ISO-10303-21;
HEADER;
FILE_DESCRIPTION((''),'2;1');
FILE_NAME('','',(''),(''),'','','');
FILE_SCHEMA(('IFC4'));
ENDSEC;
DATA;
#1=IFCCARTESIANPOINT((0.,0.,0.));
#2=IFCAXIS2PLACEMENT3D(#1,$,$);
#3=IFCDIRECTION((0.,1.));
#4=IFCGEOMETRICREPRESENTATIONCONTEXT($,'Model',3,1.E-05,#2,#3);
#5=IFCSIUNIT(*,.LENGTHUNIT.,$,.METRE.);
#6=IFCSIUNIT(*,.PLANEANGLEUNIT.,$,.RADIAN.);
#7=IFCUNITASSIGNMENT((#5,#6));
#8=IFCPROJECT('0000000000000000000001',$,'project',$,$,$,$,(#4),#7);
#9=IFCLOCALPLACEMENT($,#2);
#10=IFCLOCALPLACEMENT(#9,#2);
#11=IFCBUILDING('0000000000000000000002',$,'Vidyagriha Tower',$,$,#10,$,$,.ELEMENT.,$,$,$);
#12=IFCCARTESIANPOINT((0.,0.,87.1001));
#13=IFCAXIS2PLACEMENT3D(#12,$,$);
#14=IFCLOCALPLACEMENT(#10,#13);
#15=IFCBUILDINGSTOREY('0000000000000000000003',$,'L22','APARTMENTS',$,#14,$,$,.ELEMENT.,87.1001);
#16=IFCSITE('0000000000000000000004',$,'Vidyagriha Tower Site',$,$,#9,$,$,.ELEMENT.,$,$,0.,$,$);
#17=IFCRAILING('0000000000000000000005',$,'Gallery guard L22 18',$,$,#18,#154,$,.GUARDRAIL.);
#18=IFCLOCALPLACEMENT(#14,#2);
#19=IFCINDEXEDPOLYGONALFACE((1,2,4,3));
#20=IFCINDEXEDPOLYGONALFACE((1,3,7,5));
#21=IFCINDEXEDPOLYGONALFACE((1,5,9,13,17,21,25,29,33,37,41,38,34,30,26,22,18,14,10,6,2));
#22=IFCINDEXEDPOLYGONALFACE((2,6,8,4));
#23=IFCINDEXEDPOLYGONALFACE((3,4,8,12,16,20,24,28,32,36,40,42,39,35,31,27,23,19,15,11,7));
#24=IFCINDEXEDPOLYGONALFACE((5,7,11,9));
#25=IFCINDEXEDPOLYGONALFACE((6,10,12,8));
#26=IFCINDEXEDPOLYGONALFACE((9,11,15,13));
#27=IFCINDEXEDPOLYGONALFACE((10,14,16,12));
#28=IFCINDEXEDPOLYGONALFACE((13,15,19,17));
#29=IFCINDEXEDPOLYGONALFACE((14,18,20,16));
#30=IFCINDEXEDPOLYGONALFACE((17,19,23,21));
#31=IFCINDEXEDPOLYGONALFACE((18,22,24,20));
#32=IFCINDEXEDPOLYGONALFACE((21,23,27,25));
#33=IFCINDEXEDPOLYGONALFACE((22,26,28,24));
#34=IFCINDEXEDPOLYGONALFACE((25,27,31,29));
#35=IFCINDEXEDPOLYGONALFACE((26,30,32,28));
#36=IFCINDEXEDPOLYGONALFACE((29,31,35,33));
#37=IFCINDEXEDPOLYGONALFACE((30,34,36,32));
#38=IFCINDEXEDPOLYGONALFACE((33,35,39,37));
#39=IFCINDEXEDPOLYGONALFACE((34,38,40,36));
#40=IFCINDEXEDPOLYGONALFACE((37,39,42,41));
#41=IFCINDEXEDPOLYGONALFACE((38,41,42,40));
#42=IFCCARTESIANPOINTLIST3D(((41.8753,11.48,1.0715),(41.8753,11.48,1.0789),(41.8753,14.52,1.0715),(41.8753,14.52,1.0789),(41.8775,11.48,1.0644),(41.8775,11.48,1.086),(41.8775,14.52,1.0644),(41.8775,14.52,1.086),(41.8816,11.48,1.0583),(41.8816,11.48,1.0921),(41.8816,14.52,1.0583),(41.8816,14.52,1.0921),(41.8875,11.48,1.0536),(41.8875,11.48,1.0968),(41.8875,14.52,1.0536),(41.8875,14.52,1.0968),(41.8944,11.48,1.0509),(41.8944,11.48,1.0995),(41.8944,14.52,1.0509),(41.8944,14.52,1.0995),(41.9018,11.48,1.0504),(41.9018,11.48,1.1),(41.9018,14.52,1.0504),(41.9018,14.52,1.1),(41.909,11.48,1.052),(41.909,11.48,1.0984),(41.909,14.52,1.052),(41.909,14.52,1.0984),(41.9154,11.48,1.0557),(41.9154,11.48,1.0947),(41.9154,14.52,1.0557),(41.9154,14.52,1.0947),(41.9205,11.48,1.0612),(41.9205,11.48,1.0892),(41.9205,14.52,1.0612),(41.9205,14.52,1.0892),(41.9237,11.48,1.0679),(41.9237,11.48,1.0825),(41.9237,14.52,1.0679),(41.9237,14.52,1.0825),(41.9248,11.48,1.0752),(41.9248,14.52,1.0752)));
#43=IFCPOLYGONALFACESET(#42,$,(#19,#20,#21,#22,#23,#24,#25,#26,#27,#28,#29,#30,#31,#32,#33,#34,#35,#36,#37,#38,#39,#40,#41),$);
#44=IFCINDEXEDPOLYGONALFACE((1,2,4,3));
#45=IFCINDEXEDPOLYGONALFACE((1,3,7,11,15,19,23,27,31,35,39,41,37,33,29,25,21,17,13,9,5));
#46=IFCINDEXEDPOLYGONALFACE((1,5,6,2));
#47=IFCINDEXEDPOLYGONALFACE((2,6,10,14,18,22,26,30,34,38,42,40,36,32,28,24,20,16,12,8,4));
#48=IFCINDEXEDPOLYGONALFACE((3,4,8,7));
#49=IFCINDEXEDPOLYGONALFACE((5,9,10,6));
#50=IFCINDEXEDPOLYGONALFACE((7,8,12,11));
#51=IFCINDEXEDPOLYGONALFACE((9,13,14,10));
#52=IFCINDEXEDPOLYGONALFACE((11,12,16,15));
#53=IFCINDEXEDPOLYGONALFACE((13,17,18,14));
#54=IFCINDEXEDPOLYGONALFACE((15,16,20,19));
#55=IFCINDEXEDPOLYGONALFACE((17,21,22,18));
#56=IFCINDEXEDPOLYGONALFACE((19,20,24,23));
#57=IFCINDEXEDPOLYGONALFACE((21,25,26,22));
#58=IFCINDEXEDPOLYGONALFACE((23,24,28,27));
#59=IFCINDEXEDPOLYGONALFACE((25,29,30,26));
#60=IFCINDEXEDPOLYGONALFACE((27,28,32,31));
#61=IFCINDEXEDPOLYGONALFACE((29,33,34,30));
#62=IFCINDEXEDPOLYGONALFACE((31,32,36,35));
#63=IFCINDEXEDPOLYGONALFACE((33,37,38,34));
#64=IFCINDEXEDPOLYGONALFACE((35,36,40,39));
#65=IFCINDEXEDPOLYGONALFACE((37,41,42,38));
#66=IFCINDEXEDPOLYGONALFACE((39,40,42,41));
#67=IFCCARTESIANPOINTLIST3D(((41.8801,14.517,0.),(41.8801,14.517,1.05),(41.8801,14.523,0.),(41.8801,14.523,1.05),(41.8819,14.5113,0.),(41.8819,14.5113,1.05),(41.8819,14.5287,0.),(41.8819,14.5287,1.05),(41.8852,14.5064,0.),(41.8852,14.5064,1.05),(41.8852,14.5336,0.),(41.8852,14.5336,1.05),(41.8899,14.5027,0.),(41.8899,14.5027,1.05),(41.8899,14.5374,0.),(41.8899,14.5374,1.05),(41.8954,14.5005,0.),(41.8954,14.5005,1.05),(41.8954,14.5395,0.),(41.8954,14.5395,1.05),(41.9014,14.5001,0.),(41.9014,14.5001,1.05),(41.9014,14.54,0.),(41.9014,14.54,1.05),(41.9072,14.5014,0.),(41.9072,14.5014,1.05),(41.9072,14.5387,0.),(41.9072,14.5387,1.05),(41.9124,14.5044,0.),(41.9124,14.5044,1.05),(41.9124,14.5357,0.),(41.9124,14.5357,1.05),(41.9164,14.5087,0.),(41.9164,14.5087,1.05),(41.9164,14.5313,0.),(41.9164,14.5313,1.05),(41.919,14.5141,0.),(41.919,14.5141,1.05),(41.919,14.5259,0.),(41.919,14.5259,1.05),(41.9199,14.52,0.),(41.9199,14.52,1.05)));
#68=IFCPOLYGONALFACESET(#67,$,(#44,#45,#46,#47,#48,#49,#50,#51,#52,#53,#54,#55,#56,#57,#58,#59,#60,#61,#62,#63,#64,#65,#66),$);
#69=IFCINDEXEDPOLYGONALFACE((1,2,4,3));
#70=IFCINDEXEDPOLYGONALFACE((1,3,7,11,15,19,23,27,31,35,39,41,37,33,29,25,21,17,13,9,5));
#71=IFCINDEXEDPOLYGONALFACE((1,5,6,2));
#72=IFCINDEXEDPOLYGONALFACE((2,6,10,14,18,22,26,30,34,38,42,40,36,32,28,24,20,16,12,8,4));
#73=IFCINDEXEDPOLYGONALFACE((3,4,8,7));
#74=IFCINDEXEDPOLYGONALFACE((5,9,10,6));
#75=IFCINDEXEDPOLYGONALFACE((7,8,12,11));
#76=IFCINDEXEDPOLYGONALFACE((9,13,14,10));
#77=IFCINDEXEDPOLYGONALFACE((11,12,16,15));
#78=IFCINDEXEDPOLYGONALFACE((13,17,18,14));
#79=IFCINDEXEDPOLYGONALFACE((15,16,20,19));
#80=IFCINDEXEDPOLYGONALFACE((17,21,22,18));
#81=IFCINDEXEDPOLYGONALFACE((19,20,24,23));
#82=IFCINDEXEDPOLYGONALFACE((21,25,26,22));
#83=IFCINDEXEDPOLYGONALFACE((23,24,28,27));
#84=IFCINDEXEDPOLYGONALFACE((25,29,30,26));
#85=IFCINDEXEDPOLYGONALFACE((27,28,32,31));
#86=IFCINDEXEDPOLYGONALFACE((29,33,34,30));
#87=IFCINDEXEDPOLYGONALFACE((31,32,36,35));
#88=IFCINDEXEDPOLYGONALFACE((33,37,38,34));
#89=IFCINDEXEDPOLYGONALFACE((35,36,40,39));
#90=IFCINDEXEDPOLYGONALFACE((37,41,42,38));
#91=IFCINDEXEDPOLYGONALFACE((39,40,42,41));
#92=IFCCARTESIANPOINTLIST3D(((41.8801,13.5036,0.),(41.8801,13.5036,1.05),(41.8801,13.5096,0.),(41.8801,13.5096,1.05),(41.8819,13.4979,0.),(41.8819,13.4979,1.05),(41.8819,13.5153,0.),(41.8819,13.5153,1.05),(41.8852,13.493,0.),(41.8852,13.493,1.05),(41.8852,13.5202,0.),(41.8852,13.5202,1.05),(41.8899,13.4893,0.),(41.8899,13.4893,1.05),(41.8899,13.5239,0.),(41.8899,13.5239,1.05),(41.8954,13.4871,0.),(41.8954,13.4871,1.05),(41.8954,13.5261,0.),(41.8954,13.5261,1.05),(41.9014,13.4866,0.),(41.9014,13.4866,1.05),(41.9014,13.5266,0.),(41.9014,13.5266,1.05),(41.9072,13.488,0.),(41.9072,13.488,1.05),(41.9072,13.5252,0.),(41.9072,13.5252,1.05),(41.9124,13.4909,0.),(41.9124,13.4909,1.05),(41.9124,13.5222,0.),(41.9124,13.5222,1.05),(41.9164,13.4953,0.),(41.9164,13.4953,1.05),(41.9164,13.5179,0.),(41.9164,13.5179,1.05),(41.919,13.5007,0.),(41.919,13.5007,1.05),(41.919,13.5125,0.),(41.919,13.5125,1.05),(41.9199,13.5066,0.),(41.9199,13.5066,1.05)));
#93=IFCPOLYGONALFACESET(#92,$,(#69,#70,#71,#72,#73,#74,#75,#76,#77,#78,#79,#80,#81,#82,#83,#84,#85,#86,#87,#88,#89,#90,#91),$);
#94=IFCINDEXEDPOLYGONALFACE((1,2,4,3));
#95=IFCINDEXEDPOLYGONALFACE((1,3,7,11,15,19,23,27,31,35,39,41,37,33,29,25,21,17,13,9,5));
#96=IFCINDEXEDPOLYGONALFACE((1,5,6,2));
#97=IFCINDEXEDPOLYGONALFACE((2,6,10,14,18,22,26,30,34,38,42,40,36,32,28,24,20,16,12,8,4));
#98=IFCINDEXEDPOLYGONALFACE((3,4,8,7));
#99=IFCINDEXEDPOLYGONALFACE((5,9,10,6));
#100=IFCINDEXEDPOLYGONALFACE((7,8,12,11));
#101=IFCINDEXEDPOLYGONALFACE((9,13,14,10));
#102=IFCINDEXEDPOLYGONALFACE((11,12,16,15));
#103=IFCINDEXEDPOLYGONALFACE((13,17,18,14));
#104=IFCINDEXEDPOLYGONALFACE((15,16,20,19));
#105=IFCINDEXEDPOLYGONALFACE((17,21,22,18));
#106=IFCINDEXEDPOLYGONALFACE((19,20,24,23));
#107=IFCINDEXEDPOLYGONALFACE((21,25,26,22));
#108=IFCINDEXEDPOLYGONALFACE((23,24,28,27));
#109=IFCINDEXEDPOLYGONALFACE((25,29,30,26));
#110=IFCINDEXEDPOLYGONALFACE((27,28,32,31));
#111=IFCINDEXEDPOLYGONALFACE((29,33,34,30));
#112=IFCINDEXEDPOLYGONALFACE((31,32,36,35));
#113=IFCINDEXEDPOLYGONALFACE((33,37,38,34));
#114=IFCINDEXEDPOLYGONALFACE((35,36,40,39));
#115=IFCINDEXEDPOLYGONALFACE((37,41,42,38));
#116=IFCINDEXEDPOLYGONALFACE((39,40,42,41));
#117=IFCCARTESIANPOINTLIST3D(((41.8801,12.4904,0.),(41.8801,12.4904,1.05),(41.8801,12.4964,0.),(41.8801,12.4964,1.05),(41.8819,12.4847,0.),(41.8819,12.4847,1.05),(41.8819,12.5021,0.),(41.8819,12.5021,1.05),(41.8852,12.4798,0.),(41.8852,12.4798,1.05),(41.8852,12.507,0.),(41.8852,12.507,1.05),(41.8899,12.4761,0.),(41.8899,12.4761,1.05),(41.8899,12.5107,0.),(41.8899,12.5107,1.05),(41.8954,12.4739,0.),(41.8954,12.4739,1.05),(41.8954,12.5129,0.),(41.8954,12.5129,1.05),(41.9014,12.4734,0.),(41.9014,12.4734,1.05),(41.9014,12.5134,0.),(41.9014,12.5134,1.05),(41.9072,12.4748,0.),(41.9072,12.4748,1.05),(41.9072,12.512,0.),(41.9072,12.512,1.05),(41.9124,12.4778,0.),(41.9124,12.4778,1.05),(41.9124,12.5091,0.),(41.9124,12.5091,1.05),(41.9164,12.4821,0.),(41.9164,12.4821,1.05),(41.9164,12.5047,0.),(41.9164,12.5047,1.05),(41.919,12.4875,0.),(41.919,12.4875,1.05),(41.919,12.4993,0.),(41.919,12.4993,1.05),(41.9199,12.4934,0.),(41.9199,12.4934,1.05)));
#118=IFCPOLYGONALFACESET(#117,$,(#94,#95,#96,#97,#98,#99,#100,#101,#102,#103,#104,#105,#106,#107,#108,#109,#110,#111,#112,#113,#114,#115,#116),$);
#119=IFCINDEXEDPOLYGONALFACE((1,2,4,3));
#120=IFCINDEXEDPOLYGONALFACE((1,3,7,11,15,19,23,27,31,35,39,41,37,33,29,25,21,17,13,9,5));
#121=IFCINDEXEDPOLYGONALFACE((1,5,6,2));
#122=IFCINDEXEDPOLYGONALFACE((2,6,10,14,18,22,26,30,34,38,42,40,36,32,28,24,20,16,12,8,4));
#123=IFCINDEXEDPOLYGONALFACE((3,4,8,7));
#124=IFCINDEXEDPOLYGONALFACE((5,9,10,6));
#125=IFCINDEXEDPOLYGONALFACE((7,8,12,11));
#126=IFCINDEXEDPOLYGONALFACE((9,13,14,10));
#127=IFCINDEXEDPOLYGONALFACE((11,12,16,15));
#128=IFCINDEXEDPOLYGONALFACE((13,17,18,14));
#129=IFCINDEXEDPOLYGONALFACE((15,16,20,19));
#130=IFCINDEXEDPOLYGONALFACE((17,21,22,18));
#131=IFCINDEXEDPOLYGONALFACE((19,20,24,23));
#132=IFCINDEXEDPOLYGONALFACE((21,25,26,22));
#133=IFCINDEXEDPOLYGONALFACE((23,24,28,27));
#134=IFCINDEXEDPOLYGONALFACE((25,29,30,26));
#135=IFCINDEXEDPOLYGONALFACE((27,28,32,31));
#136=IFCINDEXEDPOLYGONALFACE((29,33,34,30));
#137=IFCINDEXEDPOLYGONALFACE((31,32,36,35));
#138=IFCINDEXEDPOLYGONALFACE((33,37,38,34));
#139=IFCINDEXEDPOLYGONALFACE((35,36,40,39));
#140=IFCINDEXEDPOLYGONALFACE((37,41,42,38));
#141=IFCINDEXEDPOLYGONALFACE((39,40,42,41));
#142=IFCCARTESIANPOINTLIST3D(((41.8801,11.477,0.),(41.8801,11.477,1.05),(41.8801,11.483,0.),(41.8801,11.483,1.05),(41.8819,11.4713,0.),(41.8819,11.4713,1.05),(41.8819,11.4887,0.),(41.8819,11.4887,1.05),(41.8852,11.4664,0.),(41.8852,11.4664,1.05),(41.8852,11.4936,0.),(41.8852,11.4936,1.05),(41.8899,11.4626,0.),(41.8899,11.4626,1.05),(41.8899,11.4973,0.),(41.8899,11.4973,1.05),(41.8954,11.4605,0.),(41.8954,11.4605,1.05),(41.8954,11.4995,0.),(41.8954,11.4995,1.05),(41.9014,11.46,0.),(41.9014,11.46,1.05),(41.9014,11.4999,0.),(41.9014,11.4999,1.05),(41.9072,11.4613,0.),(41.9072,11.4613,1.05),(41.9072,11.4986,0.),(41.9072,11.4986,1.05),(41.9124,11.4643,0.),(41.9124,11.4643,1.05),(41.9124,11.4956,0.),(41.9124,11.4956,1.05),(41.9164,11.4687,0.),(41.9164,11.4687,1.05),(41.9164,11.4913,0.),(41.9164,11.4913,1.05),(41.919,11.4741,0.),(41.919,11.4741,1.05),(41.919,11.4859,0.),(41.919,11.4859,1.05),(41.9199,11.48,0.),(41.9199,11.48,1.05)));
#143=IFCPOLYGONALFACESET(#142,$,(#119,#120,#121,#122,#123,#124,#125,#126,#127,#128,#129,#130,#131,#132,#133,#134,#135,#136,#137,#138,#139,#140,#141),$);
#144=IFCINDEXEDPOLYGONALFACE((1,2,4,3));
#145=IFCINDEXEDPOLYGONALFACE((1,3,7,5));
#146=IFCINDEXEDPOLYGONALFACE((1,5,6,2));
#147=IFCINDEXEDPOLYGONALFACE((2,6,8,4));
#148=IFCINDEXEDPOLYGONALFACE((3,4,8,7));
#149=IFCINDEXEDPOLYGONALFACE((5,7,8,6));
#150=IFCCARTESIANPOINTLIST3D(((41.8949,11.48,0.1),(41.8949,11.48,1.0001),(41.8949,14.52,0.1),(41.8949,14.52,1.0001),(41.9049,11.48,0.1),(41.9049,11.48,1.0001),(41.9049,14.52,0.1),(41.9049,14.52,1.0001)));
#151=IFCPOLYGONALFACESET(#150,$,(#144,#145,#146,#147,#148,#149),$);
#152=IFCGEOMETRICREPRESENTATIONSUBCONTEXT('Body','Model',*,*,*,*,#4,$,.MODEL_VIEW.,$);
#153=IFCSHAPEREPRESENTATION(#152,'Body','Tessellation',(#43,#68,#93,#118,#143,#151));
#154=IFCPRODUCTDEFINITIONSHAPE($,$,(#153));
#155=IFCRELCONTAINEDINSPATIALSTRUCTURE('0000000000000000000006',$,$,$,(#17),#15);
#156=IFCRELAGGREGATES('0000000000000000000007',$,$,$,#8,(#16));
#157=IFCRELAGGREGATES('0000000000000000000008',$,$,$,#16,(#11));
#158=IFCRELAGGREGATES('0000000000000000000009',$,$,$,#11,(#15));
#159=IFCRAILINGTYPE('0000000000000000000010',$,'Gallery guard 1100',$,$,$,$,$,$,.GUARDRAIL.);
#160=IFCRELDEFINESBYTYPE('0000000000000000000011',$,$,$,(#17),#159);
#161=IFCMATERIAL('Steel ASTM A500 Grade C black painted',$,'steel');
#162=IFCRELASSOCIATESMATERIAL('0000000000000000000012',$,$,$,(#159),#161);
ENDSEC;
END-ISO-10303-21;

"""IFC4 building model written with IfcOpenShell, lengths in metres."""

from ifc_helpers import new_model, si_unit, direction, frame, origin, origin_2d, place, context, subcontext, project, spatial, rectangle, circle, extrude, material, type_object, element, save


model = new_model("IFC4")

# Units and contexts
model_context = context("Model", 3, precision=1e-05, world=origin(), true_north=direction((0.0, 1.0)))
body_context = subcontext(model_context, "Body", "Model", "MODEL_VIEW")
ifc_project = project(units=[si_unit("LENGTHUNIT", "METRE"), si_unit("PLANEANGLEUNIT", "RADIAN")], contexts=[model_context])

# Site, building, storey
site_placement = place(None, origin())
site = spatial("IfcSite", under=ifc_project, at=site_placement, Name="Vidyagriha Tower Site", CompositionType="ELEMENT", RefElevation=0.0)
building_placement = place(site_placement, origin())
building = spatial("IfcBuilding", under=site, at=building_placement, Name="Vidyagriha Tower", CompositionType="ELEMENT")
storey_placement = place(building_placement, frame((0.0, 0.0, 87.1001)))
storey = spatial("IfcBuildingStorey", under=building, at=storey_placement, Name="L22", Description="APARTMENTS", CompositionType="ELEMENT", Elevation=87.1001)

# Railing
ifc_material_1 = material(Name="Steel ASTM A500 Grade C black painted", Category="steel")
railing_type = type_object("IfcRailingType", Name="Gallery guard 1100", PredefinedType="GUARDRAIL", material=ifc_material_1)
railing_1_placement = place(storey_placement, frame((41.8999, 14.52, 0.0)))
element("IfcRailing", 1, at=railing_1_placement, inside=storey, type_object=railing_type, Name="Gallery guard L22 18", PredefinedType="GUARDRAIL", context=body_context, shape_type="SweptSolid", body=[
    extrude(circle(Radius=0.0249, at=origin_2d()), frame((0.0, 0.0, 1.0752), z_axis=(0.0, -1.0, 0.0), x_axis=(1.0, 0.0, 0.0)), (0.0, 0.0, 1.0), 3.04),
    extrude(circle(Radius=0.02, at=origin_2d()), origin(), (0.0, 0.0, 1.0), 1.05),
    extrude(circle(Radius=0.02, at=origin_2d()), frame((0.0, -1.0134, 0.0)), (0.0, 0.0, 1.0), 1.05),
    extrude(circle(Radius=0.02, at=origin_2d()), frame((0.0, -2.0266, 0.0)), (0.0, 0.0, 1.0), 1.05),
    extrude(circle(Radius=0.02, at=origin_2d()), frame((0.0, -3.04, 0.0)), (0.0, 0.0, 1.0), 1.05),
    extrude(rectangle(XDim=0.01, YDim=0.9001, at=origin_2d()), frame((0.0, 0.0, 0.55), z_axis=(0.0, -1.0, 0.0), x_axis=(1.0, 0.0, 0.0)), (0.0, 0.0, 1.0), 3.04),
])

save(model, "model.ifc")
